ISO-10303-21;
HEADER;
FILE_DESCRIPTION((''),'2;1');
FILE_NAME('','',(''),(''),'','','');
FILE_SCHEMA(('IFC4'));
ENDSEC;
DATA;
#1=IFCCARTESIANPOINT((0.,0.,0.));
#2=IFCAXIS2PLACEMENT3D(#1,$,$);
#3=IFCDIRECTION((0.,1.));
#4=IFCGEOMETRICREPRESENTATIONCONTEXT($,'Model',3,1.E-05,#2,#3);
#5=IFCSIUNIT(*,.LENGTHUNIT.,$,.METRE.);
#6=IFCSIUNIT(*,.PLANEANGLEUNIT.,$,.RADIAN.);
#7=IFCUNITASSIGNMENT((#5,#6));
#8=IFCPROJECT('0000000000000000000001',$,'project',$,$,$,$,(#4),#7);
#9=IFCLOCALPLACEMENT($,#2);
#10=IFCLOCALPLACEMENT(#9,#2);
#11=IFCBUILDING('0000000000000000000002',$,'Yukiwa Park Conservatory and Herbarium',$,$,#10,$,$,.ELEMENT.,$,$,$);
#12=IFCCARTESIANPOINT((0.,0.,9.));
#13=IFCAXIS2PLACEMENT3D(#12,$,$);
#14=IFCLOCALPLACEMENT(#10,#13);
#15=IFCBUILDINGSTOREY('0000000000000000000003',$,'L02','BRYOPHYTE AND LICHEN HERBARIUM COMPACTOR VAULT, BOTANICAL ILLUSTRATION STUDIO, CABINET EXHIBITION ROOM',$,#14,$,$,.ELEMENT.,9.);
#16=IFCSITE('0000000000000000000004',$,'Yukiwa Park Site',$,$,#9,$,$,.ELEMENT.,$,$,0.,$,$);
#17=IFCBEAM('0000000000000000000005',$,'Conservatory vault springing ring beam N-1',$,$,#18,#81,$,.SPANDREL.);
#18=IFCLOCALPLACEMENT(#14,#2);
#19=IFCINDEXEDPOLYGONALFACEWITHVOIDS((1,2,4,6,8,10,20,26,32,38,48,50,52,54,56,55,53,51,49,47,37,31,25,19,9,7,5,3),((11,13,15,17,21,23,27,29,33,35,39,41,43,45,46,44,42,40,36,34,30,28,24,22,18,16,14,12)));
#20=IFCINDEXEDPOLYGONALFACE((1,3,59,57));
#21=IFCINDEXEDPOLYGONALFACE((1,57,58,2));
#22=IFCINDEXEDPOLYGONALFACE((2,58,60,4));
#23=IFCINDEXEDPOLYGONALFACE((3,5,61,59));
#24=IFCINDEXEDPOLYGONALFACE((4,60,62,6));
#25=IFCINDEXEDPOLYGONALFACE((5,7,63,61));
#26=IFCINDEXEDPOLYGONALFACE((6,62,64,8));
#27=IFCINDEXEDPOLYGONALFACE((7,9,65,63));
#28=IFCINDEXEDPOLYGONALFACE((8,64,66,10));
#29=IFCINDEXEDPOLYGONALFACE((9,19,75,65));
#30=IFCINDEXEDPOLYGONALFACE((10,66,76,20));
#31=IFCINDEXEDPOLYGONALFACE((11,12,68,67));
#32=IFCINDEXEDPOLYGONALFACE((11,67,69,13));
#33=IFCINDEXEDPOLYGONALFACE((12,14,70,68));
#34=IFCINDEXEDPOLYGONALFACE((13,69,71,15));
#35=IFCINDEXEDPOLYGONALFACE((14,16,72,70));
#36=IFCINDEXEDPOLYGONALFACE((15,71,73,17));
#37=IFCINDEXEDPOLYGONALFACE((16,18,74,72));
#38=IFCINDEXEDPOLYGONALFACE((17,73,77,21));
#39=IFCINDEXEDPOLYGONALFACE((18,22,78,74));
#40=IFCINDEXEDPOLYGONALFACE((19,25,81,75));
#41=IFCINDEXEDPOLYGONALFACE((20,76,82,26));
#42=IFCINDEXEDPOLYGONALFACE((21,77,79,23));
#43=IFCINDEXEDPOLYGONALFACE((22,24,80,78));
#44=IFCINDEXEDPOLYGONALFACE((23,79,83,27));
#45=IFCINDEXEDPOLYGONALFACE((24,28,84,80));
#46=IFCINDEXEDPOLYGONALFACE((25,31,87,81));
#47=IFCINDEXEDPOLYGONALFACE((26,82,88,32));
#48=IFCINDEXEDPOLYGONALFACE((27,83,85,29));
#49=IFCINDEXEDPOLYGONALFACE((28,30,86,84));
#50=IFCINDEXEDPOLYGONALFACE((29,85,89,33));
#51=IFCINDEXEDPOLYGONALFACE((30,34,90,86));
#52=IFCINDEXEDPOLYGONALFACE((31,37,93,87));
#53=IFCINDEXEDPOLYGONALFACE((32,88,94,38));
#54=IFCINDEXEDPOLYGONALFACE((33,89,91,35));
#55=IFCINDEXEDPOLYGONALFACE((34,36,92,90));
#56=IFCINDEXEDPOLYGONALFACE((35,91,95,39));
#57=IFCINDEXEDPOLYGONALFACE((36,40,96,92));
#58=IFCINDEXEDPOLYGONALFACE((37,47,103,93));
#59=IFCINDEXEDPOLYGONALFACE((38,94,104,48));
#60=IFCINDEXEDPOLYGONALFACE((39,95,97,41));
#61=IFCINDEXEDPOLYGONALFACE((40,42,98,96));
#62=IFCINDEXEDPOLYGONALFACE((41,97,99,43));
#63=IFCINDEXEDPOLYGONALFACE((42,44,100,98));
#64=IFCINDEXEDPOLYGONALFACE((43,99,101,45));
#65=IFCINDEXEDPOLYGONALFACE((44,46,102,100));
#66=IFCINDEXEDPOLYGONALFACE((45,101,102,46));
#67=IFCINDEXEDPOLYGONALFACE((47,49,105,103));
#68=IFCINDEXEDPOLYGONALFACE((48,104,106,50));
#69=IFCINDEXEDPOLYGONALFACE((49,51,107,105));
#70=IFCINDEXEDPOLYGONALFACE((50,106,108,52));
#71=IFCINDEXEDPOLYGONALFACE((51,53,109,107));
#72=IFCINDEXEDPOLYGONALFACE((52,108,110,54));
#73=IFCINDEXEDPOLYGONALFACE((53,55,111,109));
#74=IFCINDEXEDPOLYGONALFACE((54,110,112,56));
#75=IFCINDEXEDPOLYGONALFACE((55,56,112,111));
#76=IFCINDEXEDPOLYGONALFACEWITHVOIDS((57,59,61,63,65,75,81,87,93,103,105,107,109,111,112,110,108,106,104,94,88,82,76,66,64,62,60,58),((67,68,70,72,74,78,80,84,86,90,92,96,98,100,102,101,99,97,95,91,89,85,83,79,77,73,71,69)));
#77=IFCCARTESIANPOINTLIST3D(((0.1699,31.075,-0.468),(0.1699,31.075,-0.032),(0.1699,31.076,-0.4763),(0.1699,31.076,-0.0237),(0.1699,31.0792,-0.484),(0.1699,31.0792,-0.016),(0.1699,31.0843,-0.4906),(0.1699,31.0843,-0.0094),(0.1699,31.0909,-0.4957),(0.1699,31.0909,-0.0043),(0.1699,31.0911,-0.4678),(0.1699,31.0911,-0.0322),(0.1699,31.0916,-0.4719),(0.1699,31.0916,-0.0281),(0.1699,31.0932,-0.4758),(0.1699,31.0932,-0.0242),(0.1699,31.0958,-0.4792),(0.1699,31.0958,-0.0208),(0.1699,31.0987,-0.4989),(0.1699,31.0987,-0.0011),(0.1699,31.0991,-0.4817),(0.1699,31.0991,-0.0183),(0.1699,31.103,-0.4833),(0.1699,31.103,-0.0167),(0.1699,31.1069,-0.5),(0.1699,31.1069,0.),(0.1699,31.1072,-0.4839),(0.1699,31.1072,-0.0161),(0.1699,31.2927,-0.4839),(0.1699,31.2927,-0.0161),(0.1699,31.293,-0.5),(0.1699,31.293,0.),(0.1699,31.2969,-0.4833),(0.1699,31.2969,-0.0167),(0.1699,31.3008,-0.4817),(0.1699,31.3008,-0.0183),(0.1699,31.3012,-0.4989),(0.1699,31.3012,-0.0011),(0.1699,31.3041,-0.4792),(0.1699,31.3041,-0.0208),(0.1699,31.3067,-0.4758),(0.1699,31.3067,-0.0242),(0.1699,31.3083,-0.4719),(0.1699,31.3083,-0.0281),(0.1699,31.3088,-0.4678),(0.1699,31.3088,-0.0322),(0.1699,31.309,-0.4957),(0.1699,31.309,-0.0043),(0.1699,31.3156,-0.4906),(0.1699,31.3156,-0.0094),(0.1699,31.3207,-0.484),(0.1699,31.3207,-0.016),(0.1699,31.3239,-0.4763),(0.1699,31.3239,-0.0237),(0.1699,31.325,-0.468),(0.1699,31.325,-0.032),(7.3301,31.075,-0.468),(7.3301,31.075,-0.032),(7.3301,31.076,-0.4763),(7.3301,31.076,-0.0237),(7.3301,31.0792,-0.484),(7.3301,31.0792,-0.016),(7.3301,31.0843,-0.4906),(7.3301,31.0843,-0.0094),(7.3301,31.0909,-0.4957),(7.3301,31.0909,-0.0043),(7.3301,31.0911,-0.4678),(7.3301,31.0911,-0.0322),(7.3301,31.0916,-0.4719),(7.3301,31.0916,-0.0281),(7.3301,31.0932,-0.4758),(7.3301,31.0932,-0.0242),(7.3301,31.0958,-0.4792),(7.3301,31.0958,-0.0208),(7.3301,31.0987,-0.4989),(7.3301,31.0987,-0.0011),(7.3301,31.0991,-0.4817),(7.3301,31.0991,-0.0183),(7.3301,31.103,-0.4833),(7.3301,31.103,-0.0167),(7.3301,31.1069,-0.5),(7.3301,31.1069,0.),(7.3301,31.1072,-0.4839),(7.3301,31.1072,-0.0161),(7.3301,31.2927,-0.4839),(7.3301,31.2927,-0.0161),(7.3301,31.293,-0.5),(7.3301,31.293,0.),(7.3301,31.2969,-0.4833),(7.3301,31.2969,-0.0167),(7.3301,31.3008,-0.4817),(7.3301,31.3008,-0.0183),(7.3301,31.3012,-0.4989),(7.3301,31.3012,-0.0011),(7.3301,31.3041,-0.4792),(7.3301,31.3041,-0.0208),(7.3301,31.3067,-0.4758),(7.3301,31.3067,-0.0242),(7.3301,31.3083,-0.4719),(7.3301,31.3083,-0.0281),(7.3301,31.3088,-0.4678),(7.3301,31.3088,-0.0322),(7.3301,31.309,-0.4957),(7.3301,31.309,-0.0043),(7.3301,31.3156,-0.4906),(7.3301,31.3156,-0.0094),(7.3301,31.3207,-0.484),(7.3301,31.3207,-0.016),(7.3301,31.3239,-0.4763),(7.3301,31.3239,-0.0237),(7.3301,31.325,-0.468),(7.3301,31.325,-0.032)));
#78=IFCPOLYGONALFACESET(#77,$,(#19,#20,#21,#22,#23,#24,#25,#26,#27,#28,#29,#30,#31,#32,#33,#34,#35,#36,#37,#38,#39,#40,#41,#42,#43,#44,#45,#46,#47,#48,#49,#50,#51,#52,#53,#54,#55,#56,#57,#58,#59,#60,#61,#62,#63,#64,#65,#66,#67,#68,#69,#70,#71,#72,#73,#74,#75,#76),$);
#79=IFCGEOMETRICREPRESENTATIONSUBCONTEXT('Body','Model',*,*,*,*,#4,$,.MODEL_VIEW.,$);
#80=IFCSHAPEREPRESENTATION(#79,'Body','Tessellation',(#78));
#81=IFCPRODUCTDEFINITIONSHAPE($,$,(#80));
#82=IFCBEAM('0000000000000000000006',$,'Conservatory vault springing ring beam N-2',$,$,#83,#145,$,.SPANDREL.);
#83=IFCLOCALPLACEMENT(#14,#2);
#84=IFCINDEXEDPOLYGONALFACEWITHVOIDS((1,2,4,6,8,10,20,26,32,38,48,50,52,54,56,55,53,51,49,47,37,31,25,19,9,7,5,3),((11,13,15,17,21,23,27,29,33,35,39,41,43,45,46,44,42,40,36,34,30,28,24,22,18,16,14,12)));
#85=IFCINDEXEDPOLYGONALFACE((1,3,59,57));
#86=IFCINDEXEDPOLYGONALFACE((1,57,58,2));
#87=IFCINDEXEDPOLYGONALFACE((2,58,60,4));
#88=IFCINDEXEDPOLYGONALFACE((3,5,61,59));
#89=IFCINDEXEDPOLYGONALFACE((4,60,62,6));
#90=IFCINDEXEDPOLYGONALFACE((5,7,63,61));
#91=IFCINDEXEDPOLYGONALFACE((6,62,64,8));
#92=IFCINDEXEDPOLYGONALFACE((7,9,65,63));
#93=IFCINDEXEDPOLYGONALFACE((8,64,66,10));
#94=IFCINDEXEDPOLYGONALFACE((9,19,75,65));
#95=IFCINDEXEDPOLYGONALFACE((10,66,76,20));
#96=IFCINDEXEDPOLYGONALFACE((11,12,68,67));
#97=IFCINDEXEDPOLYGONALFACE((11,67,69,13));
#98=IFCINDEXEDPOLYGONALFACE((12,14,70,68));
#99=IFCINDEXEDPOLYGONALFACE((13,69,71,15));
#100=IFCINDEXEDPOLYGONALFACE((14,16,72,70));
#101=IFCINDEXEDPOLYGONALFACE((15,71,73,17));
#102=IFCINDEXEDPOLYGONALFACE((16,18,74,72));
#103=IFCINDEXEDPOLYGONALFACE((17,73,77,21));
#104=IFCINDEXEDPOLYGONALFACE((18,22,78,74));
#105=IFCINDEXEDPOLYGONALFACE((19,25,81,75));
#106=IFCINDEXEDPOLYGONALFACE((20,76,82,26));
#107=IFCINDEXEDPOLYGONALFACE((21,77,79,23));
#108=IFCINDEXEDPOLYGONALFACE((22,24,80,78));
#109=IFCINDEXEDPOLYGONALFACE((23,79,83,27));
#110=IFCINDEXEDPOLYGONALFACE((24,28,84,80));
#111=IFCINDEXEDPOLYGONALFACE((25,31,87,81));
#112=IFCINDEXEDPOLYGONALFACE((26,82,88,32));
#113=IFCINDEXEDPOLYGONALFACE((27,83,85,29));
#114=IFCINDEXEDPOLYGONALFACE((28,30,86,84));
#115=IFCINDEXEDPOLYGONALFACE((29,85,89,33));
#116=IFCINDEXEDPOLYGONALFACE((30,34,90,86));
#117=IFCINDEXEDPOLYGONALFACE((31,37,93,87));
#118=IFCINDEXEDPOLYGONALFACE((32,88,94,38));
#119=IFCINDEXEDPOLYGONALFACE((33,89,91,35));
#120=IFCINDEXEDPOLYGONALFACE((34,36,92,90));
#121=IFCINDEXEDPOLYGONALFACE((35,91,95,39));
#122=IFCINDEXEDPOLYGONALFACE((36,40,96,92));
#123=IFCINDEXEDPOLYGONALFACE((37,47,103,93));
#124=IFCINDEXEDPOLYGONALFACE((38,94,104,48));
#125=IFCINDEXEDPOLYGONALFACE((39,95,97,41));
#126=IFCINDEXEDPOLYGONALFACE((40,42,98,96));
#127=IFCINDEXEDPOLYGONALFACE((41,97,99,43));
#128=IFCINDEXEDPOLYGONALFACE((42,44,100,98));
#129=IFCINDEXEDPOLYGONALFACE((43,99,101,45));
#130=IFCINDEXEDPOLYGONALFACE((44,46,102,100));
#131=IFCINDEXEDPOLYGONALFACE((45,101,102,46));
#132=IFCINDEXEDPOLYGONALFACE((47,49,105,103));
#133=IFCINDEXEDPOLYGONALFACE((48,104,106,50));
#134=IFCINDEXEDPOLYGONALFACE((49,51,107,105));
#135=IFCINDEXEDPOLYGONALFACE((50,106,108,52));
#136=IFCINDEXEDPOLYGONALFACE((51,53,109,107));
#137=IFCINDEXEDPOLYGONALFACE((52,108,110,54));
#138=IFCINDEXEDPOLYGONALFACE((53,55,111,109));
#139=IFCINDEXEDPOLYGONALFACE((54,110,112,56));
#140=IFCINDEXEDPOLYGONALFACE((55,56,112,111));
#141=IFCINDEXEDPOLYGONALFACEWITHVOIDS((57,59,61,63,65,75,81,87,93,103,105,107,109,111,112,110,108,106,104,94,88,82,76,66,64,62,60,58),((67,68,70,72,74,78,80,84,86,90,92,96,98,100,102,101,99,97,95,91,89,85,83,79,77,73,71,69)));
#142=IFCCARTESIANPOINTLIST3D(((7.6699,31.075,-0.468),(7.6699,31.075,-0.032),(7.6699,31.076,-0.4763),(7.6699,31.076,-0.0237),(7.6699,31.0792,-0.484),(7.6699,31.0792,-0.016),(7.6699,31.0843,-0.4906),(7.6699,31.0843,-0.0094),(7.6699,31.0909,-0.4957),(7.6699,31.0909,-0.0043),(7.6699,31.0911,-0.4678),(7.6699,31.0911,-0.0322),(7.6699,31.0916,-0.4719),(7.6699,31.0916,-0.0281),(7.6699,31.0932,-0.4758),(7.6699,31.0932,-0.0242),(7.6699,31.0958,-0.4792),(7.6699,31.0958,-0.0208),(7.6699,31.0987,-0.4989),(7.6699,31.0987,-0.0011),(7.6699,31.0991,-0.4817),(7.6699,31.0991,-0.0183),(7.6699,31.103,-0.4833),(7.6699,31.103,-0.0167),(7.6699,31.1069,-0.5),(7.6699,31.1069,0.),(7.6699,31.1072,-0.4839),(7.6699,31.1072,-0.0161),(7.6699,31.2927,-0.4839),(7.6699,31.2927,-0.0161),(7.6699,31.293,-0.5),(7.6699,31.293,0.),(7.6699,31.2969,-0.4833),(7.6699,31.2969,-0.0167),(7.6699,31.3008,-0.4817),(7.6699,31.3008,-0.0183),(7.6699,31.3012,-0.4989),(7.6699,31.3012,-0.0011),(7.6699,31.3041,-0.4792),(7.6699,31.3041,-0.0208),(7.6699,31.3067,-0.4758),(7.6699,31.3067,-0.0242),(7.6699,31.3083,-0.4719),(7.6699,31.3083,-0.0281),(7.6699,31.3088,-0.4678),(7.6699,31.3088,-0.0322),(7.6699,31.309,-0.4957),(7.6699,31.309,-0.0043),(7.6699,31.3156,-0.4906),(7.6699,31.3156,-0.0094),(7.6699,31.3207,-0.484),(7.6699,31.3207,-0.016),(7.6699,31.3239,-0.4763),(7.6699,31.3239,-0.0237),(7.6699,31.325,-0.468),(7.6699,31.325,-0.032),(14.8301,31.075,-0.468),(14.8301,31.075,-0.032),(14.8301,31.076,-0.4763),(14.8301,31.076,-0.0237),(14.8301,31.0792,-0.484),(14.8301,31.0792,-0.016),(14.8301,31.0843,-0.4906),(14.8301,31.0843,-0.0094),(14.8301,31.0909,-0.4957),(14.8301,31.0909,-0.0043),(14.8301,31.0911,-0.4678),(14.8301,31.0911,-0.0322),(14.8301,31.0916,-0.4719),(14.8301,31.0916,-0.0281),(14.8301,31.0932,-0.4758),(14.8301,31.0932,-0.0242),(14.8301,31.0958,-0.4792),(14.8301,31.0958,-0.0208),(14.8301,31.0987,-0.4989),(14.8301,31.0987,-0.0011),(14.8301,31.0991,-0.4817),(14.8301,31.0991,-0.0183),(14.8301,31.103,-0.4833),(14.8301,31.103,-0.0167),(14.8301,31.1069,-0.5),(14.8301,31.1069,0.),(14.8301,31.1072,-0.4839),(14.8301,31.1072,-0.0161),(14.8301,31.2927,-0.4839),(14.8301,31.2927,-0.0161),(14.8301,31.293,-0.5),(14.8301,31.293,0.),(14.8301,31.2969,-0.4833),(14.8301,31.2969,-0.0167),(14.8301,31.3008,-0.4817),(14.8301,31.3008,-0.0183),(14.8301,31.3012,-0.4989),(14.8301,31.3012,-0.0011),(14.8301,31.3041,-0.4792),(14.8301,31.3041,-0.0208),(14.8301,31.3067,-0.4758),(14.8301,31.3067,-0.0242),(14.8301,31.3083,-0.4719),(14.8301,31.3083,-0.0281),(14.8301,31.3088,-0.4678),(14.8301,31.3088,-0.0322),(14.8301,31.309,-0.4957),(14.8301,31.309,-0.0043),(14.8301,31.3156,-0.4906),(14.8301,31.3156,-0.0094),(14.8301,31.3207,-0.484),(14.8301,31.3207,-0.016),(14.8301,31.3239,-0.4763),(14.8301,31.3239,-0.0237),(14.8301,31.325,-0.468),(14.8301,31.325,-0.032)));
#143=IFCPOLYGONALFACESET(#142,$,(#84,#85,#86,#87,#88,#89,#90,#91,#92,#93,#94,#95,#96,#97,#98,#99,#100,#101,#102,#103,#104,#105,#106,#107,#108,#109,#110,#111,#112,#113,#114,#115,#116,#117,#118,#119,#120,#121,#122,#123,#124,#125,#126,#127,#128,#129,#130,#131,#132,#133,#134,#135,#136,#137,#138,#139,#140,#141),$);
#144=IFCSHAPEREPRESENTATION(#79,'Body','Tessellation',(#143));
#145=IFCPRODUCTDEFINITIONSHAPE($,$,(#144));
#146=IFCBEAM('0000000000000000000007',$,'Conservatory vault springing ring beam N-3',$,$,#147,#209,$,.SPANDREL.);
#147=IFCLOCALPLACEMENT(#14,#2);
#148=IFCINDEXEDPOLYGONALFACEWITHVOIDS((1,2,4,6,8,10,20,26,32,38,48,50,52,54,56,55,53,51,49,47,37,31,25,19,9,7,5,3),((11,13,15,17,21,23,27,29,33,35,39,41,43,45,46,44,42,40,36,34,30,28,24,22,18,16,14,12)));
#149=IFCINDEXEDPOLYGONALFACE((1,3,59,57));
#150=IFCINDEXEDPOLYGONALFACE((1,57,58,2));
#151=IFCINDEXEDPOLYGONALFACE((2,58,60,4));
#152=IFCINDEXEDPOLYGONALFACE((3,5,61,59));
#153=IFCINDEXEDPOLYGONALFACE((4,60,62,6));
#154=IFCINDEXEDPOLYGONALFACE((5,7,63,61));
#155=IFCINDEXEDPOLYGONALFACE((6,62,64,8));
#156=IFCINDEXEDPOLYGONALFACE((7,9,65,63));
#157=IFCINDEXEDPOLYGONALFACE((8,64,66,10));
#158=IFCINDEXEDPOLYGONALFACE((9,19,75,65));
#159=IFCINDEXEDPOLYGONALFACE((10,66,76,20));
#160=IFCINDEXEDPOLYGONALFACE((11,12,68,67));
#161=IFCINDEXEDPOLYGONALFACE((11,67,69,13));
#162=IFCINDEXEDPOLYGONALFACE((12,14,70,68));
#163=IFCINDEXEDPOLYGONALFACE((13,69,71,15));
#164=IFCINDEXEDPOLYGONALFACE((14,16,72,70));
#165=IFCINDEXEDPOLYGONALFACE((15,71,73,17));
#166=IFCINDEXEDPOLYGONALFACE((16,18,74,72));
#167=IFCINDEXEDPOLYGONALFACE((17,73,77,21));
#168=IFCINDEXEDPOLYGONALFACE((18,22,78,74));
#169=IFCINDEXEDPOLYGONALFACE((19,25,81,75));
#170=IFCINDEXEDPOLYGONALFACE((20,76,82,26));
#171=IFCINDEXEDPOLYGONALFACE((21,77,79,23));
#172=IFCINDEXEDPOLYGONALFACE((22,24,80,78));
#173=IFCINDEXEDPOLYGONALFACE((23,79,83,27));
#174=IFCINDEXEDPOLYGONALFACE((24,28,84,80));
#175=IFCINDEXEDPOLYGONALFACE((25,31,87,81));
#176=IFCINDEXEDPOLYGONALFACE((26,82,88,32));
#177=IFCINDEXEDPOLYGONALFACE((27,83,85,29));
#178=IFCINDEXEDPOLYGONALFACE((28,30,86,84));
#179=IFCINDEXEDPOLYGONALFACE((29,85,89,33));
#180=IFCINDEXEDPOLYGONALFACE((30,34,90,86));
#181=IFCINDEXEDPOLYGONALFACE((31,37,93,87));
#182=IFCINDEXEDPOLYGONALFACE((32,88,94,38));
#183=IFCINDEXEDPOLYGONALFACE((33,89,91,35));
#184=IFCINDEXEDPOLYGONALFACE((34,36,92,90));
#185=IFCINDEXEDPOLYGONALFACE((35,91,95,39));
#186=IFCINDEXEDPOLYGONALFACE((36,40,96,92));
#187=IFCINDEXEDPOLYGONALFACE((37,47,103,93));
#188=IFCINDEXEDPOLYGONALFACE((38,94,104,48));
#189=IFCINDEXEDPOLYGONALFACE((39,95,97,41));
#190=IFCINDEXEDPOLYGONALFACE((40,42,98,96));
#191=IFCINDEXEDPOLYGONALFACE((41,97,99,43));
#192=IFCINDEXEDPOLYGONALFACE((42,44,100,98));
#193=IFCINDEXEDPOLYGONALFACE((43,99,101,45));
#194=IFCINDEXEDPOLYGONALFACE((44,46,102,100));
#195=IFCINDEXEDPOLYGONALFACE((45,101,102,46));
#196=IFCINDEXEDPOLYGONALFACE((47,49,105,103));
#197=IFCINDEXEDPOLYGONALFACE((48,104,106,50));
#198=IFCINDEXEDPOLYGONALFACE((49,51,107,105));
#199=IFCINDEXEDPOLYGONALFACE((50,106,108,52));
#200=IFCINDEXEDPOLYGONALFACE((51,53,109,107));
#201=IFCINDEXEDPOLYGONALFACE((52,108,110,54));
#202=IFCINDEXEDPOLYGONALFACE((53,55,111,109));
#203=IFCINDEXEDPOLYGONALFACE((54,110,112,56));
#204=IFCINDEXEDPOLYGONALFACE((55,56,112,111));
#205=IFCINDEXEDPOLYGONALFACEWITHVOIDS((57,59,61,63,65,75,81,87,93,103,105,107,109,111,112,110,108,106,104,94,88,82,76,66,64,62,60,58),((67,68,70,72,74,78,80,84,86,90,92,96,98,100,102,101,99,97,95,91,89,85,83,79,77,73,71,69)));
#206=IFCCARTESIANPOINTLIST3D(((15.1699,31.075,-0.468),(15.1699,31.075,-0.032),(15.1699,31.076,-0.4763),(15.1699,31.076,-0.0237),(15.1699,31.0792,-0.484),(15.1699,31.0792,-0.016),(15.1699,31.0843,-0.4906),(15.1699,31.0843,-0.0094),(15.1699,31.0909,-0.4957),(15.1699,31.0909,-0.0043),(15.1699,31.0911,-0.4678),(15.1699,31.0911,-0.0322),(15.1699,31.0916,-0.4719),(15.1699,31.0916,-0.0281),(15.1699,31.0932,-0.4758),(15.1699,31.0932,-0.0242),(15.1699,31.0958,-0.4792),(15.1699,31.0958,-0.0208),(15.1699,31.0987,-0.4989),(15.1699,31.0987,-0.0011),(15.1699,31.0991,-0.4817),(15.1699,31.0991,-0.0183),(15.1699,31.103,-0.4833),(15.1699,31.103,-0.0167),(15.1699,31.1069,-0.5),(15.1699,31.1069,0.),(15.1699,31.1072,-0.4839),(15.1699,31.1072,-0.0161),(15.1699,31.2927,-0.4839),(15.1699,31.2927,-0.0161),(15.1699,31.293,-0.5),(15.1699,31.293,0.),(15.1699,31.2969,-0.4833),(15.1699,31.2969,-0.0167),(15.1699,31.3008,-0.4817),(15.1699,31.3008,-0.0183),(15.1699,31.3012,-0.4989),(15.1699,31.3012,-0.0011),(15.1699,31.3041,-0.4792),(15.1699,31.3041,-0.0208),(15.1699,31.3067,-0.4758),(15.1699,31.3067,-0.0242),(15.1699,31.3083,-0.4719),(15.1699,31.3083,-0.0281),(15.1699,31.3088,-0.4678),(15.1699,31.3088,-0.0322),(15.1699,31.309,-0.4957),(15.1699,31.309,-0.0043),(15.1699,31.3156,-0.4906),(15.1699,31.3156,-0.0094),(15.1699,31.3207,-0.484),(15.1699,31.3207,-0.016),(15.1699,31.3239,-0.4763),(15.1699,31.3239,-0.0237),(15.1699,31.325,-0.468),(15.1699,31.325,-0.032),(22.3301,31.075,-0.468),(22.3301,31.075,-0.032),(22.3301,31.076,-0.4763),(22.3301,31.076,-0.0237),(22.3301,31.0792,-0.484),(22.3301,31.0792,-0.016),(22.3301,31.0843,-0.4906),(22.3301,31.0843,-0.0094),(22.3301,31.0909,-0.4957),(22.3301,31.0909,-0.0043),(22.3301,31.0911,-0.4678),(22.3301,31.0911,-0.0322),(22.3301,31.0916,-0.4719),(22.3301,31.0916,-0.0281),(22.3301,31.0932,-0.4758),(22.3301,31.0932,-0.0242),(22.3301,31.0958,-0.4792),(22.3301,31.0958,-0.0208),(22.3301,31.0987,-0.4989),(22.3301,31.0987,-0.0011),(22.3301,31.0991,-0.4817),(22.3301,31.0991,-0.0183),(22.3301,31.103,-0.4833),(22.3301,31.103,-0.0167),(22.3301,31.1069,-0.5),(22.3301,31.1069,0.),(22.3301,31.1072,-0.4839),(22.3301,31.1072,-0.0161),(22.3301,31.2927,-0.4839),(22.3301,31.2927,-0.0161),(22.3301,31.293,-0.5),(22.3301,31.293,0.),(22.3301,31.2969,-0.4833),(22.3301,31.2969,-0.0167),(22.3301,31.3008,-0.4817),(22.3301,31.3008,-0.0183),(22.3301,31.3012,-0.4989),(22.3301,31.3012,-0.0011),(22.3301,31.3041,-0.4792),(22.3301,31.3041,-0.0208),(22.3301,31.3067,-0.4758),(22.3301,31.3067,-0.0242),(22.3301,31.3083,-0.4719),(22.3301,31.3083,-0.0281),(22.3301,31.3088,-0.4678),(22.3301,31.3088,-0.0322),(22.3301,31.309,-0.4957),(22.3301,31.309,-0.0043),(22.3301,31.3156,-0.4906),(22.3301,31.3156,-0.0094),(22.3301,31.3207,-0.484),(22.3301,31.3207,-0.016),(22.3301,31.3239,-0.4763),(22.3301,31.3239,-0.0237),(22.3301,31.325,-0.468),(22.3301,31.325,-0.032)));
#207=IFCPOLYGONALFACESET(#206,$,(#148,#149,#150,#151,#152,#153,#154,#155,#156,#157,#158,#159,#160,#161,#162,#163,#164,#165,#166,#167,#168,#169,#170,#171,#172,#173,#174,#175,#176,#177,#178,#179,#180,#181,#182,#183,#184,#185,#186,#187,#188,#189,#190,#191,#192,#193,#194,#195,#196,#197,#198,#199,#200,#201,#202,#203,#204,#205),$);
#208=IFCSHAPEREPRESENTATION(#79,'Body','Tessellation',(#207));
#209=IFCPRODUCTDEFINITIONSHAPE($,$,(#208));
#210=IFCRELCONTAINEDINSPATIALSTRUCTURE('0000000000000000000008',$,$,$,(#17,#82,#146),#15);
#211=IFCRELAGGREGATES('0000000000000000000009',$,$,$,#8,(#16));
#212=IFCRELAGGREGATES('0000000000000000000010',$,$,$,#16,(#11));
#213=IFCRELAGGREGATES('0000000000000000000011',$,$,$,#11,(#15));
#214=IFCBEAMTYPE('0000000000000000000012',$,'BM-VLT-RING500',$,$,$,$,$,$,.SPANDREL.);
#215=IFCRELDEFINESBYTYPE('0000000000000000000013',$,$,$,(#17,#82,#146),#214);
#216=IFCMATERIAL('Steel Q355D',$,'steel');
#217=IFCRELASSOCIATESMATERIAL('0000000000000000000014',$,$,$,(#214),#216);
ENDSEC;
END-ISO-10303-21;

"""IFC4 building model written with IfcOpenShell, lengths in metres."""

from ifc_helpers import new_model, si_unit, direction, frame, origin, origin_2d, place, context, subcontext, project, spatial, hollow_rectangle, extrude, material, material_profile, profile_set, type_object, element, save


model = new_model("IFC4")

# Units and contexts
model_context = context("Model", 3, precision=1e-05, world=origin(), true_north=direction((0.0, 1.0)))
body_context = subcontext(model_context, "Body", "Model", "MODEL_VIEW")
ifc_project = project(units=[si_unit("LENGTHUNIT", "METRE"), si_unit("PLANEANGLEUNIT", "RADIAN")], contexts=[model_context])

# Site, building, storey
site_placement = place(None, origin())
site = spatial("IfcSite", under=ifc_project, at=site_placement, Name="Yukiwa Park Site", CompositionType="ELEMENT", RefElevation=0.0)
building_placement = place(site_placement, origin())
building = spatial("IfcBuilding", under=site, at=building_placement, Name="Yukiwa Park Conservatory and Herbarium", CompositionType="ELEMENT")
storey_placement = place(building_placement, frame((0.0, 0.0, 9.0)))
storey = spatial("IfcBuildingStorey", under=building, at=storey_placement, Name="L02", Description="BRYOPHYTE AND LICHEN HERBARIUM COMPACTOR VAULT, BOTANICAL ILLUSTRATION STUDIO, CABINET EXHIBITION ROOM", CompositionType="ELEMENT", Elevation=9.0)

# Beams
ifc_material_1 = material(Name="Steel Q355D", Category="steel")
ifc_material_profile = material_profile(ifc_material_1, hollow_rectangle(XDim=0.25, YDim=0.5, WallThickness=0.0161, InnerFilletRadius=0.0161, OuterFilletRadius=0.032, at=origin_2d()), Name="RHS 500x250x16")
ifc_profile_set = profile_set([ifc_material_profile], Name="Steel Q355D")
beam_type = type_object("IfcBeamType", Name="BM-VLT-RING500", PredefinedType="SPANDREL", material=ifc_profile_set)
for number, where, z_axis, x_axis, name in (
    (1, (0.1699, 31.2, -0.25), (1.0, 0.0, 0.0), (0.0, 1.0, 0.0), "Conservatory vault springing ring beam N-1"),
    (2, (7.6699, 31.2, -0.25), (1.0, 0.0, 0.0), (0.0, 1.0, 0.0), "Conservatory vault springing ring beam N-2"),
    (3, (15.1699, 31.2, -0.25), (1.0, 0.0, 0.0), (0.0, 1.0, 0.0), "Conservatory vault springing ring beam N-3"),
):
    element("IfcBeam", number, at=place(storey_placement, frame(where, z_axis=z_axis, x_axis=x_axis)), inside=storey, type_object=beam_type, Name=name, PredefinedType="SPANDREL", context=body_context, shape_type="SweptSolid", body=[
        extrude(hollow_rectangle(XDim=0.25, YDim=0.5, WallThickness=0.0161, InnerFilletRadius=0.0161, OuterFilletRadius=0.032, at=origin_2d()), origin(), (0.0, 0.0, 1.0), 7.1602),
    ])

save(model, "model.ifc")
